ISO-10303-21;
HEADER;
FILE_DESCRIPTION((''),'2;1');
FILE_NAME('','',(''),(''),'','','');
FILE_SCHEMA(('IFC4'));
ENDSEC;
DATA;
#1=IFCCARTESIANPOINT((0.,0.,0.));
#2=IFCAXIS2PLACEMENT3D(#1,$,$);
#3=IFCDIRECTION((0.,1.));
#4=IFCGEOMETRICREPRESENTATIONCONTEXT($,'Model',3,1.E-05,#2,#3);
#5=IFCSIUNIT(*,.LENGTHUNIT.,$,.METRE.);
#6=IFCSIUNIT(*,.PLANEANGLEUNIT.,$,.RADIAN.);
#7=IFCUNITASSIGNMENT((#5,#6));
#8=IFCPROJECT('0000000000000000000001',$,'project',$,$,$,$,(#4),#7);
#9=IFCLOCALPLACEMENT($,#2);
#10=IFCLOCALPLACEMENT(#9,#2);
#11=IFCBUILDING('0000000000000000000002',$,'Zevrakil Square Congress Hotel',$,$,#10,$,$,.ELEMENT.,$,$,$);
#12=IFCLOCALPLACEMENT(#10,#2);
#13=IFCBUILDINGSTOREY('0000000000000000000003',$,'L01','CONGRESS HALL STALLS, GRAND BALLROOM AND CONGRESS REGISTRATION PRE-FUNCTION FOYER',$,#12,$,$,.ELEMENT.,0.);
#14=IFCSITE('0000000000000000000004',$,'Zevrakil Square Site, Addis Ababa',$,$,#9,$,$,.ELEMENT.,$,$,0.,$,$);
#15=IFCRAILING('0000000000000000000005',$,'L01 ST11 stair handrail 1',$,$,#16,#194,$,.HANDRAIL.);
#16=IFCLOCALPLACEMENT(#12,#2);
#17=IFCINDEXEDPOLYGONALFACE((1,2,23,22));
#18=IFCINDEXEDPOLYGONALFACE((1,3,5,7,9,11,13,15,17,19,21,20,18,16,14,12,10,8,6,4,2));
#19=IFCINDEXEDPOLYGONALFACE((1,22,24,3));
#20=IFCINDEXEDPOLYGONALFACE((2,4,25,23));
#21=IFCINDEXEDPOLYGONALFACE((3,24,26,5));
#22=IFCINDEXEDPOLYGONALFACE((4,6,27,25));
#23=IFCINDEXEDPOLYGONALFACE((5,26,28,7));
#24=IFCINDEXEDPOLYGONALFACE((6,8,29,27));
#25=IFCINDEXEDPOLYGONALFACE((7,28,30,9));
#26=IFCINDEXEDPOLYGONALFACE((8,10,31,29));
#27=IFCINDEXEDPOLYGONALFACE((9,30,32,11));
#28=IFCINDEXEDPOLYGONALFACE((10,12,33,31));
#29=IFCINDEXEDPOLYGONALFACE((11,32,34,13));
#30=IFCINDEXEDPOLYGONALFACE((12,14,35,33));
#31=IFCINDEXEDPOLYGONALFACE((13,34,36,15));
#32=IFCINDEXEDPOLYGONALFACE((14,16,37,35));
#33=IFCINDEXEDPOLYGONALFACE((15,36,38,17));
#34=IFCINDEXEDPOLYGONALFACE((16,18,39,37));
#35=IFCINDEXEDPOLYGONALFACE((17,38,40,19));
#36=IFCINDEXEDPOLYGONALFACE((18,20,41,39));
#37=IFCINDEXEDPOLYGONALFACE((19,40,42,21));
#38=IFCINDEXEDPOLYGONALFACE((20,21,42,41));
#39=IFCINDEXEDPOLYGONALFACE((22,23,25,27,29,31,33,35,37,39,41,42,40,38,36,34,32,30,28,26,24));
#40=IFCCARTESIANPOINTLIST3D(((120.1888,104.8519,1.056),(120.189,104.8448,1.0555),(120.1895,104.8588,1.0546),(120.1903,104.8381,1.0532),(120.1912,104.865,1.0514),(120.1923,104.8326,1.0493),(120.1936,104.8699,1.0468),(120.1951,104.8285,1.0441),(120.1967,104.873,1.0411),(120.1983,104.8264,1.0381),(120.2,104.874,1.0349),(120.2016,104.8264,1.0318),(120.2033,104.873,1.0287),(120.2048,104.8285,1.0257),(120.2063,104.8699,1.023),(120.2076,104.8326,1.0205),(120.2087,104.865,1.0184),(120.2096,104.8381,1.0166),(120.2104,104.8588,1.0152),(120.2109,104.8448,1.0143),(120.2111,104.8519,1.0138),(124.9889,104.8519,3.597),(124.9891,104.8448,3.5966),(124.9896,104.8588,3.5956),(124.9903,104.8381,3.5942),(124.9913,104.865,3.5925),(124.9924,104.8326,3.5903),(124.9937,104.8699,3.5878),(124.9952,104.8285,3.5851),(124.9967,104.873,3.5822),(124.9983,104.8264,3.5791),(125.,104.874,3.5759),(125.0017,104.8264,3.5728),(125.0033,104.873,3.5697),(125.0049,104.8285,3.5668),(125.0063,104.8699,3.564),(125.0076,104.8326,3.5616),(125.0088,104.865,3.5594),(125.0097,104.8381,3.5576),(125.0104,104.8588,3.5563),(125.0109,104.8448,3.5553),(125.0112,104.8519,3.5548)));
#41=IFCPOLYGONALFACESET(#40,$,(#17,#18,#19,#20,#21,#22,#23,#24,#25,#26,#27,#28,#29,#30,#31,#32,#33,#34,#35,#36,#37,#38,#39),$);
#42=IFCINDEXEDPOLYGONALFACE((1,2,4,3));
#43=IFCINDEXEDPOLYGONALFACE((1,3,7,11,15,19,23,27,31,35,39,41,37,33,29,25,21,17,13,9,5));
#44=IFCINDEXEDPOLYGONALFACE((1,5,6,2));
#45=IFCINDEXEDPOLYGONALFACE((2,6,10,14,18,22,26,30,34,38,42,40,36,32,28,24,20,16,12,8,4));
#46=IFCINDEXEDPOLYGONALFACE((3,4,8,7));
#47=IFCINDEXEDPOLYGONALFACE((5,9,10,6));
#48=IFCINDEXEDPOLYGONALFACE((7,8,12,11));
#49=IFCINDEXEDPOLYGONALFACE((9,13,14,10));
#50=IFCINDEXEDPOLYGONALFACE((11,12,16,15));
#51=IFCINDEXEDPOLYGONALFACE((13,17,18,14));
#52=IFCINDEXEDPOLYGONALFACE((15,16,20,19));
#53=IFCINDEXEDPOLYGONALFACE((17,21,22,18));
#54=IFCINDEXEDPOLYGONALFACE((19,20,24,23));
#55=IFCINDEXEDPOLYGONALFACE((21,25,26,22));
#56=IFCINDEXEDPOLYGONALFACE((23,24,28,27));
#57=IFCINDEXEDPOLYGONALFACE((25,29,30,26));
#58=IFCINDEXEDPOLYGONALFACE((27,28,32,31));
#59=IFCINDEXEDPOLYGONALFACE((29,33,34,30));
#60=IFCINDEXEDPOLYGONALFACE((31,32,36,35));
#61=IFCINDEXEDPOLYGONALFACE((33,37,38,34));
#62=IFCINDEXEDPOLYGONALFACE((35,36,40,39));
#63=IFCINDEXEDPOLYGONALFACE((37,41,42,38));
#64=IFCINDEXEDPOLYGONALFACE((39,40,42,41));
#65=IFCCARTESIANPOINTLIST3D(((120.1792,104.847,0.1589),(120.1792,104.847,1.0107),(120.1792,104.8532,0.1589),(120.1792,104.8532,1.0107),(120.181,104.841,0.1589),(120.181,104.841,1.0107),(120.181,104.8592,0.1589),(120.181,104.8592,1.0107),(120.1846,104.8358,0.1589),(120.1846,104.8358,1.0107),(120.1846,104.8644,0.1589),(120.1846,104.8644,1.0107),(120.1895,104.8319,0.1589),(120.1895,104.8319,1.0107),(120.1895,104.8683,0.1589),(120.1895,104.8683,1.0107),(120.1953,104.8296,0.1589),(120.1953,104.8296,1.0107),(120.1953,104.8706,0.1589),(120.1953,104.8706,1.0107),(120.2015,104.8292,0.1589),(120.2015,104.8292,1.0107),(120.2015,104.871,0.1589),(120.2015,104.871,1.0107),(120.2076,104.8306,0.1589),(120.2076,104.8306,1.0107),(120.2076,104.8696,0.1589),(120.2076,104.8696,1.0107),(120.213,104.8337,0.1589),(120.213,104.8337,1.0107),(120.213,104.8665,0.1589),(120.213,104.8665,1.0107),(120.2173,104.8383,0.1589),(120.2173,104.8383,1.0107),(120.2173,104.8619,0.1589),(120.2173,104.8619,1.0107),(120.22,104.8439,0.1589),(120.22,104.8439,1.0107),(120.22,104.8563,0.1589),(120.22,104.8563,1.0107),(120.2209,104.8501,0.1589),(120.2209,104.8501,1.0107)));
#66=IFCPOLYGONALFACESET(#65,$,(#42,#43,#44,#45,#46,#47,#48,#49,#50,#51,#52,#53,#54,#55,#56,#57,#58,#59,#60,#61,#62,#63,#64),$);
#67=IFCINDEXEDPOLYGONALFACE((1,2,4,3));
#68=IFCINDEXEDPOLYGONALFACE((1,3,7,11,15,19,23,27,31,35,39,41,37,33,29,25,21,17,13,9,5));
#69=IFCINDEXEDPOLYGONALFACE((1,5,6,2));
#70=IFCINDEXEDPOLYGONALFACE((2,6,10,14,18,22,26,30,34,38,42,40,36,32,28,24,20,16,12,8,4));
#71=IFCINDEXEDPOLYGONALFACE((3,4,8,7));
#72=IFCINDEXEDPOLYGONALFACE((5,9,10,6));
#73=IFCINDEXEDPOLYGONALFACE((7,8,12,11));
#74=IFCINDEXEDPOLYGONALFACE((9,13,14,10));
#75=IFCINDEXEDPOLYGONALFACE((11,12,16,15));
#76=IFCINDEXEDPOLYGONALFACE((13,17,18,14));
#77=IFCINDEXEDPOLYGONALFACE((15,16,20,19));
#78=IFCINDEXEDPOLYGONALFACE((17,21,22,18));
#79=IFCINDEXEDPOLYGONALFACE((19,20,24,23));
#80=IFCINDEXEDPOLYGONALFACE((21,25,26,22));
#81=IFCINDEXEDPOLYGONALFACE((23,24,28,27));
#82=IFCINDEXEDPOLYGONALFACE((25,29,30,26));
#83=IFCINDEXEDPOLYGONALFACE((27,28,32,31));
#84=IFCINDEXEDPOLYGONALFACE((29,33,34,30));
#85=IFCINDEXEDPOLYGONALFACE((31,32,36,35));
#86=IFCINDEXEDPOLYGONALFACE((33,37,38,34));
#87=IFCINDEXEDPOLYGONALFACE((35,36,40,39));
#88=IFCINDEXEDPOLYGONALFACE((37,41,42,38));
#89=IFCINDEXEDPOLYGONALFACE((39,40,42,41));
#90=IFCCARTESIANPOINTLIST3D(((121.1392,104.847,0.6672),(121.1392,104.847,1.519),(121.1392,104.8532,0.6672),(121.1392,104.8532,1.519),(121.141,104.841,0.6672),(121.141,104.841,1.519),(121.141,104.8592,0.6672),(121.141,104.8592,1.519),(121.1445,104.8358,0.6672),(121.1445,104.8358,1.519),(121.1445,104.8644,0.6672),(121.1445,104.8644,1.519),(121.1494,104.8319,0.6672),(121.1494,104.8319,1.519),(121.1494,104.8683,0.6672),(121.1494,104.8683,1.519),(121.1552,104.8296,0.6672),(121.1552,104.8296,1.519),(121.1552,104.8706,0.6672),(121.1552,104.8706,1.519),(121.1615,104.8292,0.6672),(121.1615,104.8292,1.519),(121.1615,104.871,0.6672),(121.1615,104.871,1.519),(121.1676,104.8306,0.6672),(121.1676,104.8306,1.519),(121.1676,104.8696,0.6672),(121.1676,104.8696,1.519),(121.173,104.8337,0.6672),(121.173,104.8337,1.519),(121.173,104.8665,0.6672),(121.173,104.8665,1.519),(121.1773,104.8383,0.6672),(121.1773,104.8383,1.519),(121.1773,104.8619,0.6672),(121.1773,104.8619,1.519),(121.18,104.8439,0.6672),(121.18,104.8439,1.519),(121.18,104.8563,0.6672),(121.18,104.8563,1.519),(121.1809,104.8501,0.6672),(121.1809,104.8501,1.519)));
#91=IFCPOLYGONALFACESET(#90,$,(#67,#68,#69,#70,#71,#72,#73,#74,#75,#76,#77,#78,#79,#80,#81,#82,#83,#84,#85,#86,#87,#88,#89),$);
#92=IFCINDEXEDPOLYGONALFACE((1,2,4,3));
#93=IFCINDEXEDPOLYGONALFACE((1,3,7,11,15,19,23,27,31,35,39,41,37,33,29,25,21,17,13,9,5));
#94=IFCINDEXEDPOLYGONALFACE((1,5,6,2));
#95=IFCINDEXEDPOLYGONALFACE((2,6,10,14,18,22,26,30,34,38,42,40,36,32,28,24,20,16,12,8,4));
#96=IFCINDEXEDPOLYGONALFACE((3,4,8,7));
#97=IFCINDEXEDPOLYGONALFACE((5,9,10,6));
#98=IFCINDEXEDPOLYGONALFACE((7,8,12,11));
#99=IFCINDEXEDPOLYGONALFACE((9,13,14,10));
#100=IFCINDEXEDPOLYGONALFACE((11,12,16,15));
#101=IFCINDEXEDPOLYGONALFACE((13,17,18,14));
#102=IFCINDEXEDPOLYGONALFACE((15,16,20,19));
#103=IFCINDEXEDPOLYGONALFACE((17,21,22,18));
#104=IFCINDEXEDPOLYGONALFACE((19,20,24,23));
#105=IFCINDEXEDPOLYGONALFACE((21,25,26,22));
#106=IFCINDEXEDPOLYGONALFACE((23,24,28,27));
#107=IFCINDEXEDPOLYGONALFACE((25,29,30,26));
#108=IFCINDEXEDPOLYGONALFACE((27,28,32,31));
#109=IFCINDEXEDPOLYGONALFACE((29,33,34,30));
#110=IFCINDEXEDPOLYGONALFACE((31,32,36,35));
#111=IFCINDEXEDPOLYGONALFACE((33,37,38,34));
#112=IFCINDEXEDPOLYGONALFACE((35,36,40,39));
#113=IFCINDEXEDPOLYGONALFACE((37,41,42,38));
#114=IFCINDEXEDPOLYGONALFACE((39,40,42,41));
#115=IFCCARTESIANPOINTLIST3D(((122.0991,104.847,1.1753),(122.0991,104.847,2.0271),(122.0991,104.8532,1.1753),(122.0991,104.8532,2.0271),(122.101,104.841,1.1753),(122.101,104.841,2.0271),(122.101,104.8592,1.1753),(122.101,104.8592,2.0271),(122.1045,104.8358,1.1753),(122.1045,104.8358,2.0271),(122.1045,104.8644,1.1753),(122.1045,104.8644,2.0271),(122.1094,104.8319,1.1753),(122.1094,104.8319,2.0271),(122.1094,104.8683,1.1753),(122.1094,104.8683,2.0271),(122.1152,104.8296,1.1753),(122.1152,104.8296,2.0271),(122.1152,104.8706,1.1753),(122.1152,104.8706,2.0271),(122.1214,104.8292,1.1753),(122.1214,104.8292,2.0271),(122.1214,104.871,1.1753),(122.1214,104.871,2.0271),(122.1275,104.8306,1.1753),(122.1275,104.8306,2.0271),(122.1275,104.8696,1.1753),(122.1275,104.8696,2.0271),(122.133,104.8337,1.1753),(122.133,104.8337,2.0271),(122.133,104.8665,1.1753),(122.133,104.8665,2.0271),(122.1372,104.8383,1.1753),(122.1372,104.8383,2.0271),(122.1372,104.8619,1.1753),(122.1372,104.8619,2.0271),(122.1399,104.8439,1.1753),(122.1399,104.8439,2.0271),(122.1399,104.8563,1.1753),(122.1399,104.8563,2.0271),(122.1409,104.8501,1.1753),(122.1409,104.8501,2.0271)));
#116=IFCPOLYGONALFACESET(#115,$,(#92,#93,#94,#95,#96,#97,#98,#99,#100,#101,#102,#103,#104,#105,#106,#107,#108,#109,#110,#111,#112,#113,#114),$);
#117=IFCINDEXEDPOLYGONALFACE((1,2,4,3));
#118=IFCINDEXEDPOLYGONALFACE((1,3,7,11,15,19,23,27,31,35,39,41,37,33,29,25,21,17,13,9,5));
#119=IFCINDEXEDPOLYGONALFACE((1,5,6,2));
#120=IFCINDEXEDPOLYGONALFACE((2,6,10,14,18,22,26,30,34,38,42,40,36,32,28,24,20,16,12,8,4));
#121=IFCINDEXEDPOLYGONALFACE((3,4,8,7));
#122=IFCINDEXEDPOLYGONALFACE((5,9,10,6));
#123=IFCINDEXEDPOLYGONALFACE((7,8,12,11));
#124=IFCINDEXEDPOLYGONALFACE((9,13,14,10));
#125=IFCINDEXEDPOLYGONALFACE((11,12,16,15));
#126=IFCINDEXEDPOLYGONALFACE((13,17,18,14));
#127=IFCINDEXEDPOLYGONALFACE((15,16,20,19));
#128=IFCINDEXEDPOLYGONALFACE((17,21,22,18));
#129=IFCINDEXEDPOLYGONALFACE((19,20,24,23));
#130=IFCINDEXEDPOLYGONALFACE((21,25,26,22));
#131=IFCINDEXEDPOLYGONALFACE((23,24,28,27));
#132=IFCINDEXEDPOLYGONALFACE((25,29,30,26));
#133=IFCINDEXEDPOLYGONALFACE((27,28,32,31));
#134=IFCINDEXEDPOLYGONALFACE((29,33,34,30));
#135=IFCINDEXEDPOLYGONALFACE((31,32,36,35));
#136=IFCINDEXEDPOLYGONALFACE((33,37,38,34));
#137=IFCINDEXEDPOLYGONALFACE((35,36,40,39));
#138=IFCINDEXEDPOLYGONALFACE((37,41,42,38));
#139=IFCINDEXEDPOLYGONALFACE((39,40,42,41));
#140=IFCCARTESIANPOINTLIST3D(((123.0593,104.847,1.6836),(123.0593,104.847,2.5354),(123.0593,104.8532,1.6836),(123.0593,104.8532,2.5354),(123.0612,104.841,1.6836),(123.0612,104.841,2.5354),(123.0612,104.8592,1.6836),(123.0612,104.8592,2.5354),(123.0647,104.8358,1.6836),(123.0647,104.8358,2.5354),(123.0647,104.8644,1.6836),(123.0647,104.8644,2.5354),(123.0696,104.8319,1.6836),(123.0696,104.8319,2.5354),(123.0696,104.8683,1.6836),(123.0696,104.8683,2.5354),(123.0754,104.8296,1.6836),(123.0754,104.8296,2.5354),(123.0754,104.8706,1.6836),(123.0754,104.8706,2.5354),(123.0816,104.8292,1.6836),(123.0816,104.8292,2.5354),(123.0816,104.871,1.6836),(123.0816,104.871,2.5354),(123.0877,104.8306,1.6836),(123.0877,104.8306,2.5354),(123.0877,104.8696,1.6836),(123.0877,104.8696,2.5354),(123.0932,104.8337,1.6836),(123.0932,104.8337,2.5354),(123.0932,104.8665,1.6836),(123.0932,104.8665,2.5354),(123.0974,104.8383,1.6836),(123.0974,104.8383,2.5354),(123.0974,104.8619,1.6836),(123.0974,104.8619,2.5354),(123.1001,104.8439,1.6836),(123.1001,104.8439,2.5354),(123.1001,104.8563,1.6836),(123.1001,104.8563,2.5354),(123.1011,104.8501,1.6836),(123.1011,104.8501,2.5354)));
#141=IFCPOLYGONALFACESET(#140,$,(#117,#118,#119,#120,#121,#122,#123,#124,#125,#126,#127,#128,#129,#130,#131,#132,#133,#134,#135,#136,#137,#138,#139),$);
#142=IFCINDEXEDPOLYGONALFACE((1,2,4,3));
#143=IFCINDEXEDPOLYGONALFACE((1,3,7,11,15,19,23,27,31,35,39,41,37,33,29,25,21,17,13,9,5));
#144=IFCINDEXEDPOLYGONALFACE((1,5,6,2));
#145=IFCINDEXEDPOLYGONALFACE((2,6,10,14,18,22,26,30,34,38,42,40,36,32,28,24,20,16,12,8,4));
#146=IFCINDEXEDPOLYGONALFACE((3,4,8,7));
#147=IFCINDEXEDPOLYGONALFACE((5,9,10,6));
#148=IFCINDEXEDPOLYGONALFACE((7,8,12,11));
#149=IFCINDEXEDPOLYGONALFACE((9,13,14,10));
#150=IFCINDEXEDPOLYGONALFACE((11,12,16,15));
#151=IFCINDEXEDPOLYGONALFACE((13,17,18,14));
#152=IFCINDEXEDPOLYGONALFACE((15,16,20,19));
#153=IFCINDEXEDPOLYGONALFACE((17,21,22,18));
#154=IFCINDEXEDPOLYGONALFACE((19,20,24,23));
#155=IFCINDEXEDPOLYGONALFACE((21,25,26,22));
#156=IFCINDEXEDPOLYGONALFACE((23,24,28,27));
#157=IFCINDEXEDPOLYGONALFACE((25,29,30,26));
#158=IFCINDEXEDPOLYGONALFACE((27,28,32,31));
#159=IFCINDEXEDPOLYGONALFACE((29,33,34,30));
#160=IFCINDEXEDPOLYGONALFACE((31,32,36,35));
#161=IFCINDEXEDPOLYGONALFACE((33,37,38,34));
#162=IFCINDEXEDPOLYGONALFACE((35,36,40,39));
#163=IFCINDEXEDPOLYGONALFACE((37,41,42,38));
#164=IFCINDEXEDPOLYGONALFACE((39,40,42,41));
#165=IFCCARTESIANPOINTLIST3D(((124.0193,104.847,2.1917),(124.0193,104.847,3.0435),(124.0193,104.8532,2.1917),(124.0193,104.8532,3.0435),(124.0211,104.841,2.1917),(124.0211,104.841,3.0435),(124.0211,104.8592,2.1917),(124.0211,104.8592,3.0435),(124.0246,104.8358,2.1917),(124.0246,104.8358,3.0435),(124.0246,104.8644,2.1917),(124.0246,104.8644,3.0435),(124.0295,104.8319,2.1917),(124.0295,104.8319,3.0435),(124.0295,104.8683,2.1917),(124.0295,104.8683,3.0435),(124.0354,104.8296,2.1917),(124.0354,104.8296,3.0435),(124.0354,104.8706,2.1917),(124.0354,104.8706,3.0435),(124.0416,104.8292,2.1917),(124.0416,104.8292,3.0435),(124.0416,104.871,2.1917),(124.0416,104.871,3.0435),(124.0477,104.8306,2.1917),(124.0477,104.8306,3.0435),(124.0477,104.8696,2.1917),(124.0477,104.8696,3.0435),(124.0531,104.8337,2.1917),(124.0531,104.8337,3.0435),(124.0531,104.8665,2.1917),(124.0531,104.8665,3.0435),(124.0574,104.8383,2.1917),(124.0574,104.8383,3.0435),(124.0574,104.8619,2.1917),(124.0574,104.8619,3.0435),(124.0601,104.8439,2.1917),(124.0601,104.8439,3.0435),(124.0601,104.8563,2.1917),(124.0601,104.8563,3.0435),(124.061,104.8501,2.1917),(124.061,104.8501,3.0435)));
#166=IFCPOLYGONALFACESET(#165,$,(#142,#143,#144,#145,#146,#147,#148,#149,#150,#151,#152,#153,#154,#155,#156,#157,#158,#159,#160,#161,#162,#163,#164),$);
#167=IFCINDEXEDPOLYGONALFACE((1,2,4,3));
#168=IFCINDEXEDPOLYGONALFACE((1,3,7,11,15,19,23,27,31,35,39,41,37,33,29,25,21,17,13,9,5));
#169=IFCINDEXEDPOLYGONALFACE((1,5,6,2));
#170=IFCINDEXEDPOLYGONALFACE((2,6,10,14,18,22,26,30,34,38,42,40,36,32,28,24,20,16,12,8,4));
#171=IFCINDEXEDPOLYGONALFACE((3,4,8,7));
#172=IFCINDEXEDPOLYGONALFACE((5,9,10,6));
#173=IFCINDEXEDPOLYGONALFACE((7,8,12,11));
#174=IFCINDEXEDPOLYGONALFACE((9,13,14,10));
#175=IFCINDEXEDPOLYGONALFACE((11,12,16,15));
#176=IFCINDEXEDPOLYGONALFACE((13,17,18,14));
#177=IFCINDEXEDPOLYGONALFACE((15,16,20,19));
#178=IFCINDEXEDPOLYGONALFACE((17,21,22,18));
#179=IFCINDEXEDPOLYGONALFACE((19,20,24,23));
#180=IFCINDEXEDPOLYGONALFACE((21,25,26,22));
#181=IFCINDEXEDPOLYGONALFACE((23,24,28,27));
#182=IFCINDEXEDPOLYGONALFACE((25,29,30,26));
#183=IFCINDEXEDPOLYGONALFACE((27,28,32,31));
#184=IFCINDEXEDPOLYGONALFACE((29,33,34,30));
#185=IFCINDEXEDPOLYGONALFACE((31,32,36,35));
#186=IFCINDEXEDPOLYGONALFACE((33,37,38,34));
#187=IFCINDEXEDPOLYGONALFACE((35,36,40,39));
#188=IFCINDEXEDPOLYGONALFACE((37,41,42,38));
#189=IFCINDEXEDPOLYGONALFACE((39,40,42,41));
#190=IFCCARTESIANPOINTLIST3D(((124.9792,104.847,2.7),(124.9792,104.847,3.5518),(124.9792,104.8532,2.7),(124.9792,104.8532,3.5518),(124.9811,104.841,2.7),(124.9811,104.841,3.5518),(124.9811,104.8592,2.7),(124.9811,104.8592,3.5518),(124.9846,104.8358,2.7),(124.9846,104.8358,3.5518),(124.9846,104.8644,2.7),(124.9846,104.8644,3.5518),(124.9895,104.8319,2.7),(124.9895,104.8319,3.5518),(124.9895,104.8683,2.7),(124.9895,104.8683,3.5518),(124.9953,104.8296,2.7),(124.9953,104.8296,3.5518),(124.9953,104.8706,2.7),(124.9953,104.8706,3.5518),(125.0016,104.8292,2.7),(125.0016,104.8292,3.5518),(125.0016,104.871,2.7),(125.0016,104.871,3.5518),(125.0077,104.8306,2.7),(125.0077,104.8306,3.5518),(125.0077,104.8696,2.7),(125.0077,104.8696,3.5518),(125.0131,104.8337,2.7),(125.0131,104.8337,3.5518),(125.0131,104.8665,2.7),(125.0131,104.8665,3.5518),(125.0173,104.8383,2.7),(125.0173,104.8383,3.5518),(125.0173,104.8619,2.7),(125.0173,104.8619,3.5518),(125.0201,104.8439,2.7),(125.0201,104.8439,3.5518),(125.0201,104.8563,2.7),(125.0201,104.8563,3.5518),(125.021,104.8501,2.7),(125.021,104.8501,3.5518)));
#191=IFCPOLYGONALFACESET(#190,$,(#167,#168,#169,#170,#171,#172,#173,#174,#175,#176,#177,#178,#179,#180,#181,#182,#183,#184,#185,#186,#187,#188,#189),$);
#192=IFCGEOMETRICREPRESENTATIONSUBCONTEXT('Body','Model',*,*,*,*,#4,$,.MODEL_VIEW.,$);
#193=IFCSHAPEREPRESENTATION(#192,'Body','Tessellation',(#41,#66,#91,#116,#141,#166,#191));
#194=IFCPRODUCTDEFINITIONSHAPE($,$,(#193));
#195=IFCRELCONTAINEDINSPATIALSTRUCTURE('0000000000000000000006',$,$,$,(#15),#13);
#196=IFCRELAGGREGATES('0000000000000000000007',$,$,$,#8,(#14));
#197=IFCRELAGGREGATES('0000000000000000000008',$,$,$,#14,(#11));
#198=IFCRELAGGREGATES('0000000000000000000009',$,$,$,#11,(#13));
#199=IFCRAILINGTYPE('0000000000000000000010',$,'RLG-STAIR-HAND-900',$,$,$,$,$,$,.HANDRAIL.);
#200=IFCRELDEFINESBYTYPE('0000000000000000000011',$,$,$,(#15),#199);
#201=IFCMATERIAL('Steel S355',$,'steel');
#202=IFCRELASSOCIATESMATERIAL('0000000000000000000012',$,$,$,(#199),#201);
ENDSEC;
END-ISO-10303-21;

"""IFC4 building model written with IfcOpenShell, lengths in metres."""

from ifc_helpers import new_model, si_unit, direction, frame, origin, origin_2d, place, context, subcontext, project, spatial, circle, extrude, material, type_object, element, save


model = new_model("IFC4")

# Units and contexts
model_context = context("Model", 3, precision=1e-05, world=origin(), true_north=direction((0.0, 1.0)))
body_context = subcontext(model_context, "Body", "Model", "MODEL_VIEW")
ifc_project = project(units=[si_unit("LENGTHUNIT", "METRE"), si_unit("PLANEANGLEUNIT", "RADIAN")], contexts=[model_context])

# Site, building, storey
site_placement = place(None, origin())
site = spatial("IfcSite", under=ifc_project, at=site_placement, Name="Zevrakil Square Site, Addis Ababa", CompositionType="ELEMENT", RefElevation=0.0)
building_placement = place(site_placement, origin())
building = spatial("IfcBuilding", under=site, at=building_placement, Name="Zevrakil Square Congress Hotel", CompositionType="ELEMENT")
storey_placement = place(building_placement, origin())
storey = spatial("IfcBuildingStorey", under=building, at=storey_placement, Name="L01", Description="CONGRESS HALL STALLS, GRAND BALLROOM AND CONGRESS REGISTRATION PRE-FUNCTION FOYER", CompositionType="ELEMENT", Elevation=0.0)

# Railing
ifc_material_1 = material(Name="Steel S355", Category="steel")
railing_type_1 = type_object("IfcRailingType", Name="RLG-STAIR-HAND-900", PredefinedType="HANDRAIL", material=ifc_material_1)
railing_1_placement = place(storey_placement, frame((120.2, 104.8501, 0.1589)))
element("IfcRailing", 1, at=railing_1_placement, inside=storey, type_object=railing_type_1, Name="L01 ST11 stair handrail 1", PredefinedType="HANDRAIL", context=body_context, shape_type="SweptSolid", body=[
    extrude(circle(Radius=0.0239, at=origin_2d()), frame((0.0, 0.0, 0.876), z_axis=(0.883802, 0.0, 0.467861), x_axis=(0.0, 1.0, 0.0)), (0.0, 0.0, 1.0), 5.4312),
    extrude(circle(Radius=0.021, at=origin_2d()), origin(), (0.0, 0.0, 1.0), 0.8518),
    extrude(circle(Radius=0.021, at=origin_2d()), frame((0.96, 0.0, 0.5083)), (0.0, 0.0, 1.0), 0.8518),
    extrude(circle(Radius=0.021, at=origin_2d()), frame((1.9199, 0.0, 1.0164)), (0.0, 0.0, 1.0), 0.8518),
    extrude(circle(Radius=0.021, at=origin_2d()), frame((2.8801, 0.0, 1.5247)), (0.0, 0.0, 1.0), 0.8518),
    extrude(circle(Radius=0.021, at=origin_2d()), frame((3.8401, 0.0, 2.0327)), (0.0, 0.0, 1.0), 0.8518),
    extrude(circle(Radius=0.021, at=origin_2d()), frame((4.8, 0.0, 2.541)), (0.0, 0.0, 1.0), 0.8518),
])

save(model, "model.ifc")
